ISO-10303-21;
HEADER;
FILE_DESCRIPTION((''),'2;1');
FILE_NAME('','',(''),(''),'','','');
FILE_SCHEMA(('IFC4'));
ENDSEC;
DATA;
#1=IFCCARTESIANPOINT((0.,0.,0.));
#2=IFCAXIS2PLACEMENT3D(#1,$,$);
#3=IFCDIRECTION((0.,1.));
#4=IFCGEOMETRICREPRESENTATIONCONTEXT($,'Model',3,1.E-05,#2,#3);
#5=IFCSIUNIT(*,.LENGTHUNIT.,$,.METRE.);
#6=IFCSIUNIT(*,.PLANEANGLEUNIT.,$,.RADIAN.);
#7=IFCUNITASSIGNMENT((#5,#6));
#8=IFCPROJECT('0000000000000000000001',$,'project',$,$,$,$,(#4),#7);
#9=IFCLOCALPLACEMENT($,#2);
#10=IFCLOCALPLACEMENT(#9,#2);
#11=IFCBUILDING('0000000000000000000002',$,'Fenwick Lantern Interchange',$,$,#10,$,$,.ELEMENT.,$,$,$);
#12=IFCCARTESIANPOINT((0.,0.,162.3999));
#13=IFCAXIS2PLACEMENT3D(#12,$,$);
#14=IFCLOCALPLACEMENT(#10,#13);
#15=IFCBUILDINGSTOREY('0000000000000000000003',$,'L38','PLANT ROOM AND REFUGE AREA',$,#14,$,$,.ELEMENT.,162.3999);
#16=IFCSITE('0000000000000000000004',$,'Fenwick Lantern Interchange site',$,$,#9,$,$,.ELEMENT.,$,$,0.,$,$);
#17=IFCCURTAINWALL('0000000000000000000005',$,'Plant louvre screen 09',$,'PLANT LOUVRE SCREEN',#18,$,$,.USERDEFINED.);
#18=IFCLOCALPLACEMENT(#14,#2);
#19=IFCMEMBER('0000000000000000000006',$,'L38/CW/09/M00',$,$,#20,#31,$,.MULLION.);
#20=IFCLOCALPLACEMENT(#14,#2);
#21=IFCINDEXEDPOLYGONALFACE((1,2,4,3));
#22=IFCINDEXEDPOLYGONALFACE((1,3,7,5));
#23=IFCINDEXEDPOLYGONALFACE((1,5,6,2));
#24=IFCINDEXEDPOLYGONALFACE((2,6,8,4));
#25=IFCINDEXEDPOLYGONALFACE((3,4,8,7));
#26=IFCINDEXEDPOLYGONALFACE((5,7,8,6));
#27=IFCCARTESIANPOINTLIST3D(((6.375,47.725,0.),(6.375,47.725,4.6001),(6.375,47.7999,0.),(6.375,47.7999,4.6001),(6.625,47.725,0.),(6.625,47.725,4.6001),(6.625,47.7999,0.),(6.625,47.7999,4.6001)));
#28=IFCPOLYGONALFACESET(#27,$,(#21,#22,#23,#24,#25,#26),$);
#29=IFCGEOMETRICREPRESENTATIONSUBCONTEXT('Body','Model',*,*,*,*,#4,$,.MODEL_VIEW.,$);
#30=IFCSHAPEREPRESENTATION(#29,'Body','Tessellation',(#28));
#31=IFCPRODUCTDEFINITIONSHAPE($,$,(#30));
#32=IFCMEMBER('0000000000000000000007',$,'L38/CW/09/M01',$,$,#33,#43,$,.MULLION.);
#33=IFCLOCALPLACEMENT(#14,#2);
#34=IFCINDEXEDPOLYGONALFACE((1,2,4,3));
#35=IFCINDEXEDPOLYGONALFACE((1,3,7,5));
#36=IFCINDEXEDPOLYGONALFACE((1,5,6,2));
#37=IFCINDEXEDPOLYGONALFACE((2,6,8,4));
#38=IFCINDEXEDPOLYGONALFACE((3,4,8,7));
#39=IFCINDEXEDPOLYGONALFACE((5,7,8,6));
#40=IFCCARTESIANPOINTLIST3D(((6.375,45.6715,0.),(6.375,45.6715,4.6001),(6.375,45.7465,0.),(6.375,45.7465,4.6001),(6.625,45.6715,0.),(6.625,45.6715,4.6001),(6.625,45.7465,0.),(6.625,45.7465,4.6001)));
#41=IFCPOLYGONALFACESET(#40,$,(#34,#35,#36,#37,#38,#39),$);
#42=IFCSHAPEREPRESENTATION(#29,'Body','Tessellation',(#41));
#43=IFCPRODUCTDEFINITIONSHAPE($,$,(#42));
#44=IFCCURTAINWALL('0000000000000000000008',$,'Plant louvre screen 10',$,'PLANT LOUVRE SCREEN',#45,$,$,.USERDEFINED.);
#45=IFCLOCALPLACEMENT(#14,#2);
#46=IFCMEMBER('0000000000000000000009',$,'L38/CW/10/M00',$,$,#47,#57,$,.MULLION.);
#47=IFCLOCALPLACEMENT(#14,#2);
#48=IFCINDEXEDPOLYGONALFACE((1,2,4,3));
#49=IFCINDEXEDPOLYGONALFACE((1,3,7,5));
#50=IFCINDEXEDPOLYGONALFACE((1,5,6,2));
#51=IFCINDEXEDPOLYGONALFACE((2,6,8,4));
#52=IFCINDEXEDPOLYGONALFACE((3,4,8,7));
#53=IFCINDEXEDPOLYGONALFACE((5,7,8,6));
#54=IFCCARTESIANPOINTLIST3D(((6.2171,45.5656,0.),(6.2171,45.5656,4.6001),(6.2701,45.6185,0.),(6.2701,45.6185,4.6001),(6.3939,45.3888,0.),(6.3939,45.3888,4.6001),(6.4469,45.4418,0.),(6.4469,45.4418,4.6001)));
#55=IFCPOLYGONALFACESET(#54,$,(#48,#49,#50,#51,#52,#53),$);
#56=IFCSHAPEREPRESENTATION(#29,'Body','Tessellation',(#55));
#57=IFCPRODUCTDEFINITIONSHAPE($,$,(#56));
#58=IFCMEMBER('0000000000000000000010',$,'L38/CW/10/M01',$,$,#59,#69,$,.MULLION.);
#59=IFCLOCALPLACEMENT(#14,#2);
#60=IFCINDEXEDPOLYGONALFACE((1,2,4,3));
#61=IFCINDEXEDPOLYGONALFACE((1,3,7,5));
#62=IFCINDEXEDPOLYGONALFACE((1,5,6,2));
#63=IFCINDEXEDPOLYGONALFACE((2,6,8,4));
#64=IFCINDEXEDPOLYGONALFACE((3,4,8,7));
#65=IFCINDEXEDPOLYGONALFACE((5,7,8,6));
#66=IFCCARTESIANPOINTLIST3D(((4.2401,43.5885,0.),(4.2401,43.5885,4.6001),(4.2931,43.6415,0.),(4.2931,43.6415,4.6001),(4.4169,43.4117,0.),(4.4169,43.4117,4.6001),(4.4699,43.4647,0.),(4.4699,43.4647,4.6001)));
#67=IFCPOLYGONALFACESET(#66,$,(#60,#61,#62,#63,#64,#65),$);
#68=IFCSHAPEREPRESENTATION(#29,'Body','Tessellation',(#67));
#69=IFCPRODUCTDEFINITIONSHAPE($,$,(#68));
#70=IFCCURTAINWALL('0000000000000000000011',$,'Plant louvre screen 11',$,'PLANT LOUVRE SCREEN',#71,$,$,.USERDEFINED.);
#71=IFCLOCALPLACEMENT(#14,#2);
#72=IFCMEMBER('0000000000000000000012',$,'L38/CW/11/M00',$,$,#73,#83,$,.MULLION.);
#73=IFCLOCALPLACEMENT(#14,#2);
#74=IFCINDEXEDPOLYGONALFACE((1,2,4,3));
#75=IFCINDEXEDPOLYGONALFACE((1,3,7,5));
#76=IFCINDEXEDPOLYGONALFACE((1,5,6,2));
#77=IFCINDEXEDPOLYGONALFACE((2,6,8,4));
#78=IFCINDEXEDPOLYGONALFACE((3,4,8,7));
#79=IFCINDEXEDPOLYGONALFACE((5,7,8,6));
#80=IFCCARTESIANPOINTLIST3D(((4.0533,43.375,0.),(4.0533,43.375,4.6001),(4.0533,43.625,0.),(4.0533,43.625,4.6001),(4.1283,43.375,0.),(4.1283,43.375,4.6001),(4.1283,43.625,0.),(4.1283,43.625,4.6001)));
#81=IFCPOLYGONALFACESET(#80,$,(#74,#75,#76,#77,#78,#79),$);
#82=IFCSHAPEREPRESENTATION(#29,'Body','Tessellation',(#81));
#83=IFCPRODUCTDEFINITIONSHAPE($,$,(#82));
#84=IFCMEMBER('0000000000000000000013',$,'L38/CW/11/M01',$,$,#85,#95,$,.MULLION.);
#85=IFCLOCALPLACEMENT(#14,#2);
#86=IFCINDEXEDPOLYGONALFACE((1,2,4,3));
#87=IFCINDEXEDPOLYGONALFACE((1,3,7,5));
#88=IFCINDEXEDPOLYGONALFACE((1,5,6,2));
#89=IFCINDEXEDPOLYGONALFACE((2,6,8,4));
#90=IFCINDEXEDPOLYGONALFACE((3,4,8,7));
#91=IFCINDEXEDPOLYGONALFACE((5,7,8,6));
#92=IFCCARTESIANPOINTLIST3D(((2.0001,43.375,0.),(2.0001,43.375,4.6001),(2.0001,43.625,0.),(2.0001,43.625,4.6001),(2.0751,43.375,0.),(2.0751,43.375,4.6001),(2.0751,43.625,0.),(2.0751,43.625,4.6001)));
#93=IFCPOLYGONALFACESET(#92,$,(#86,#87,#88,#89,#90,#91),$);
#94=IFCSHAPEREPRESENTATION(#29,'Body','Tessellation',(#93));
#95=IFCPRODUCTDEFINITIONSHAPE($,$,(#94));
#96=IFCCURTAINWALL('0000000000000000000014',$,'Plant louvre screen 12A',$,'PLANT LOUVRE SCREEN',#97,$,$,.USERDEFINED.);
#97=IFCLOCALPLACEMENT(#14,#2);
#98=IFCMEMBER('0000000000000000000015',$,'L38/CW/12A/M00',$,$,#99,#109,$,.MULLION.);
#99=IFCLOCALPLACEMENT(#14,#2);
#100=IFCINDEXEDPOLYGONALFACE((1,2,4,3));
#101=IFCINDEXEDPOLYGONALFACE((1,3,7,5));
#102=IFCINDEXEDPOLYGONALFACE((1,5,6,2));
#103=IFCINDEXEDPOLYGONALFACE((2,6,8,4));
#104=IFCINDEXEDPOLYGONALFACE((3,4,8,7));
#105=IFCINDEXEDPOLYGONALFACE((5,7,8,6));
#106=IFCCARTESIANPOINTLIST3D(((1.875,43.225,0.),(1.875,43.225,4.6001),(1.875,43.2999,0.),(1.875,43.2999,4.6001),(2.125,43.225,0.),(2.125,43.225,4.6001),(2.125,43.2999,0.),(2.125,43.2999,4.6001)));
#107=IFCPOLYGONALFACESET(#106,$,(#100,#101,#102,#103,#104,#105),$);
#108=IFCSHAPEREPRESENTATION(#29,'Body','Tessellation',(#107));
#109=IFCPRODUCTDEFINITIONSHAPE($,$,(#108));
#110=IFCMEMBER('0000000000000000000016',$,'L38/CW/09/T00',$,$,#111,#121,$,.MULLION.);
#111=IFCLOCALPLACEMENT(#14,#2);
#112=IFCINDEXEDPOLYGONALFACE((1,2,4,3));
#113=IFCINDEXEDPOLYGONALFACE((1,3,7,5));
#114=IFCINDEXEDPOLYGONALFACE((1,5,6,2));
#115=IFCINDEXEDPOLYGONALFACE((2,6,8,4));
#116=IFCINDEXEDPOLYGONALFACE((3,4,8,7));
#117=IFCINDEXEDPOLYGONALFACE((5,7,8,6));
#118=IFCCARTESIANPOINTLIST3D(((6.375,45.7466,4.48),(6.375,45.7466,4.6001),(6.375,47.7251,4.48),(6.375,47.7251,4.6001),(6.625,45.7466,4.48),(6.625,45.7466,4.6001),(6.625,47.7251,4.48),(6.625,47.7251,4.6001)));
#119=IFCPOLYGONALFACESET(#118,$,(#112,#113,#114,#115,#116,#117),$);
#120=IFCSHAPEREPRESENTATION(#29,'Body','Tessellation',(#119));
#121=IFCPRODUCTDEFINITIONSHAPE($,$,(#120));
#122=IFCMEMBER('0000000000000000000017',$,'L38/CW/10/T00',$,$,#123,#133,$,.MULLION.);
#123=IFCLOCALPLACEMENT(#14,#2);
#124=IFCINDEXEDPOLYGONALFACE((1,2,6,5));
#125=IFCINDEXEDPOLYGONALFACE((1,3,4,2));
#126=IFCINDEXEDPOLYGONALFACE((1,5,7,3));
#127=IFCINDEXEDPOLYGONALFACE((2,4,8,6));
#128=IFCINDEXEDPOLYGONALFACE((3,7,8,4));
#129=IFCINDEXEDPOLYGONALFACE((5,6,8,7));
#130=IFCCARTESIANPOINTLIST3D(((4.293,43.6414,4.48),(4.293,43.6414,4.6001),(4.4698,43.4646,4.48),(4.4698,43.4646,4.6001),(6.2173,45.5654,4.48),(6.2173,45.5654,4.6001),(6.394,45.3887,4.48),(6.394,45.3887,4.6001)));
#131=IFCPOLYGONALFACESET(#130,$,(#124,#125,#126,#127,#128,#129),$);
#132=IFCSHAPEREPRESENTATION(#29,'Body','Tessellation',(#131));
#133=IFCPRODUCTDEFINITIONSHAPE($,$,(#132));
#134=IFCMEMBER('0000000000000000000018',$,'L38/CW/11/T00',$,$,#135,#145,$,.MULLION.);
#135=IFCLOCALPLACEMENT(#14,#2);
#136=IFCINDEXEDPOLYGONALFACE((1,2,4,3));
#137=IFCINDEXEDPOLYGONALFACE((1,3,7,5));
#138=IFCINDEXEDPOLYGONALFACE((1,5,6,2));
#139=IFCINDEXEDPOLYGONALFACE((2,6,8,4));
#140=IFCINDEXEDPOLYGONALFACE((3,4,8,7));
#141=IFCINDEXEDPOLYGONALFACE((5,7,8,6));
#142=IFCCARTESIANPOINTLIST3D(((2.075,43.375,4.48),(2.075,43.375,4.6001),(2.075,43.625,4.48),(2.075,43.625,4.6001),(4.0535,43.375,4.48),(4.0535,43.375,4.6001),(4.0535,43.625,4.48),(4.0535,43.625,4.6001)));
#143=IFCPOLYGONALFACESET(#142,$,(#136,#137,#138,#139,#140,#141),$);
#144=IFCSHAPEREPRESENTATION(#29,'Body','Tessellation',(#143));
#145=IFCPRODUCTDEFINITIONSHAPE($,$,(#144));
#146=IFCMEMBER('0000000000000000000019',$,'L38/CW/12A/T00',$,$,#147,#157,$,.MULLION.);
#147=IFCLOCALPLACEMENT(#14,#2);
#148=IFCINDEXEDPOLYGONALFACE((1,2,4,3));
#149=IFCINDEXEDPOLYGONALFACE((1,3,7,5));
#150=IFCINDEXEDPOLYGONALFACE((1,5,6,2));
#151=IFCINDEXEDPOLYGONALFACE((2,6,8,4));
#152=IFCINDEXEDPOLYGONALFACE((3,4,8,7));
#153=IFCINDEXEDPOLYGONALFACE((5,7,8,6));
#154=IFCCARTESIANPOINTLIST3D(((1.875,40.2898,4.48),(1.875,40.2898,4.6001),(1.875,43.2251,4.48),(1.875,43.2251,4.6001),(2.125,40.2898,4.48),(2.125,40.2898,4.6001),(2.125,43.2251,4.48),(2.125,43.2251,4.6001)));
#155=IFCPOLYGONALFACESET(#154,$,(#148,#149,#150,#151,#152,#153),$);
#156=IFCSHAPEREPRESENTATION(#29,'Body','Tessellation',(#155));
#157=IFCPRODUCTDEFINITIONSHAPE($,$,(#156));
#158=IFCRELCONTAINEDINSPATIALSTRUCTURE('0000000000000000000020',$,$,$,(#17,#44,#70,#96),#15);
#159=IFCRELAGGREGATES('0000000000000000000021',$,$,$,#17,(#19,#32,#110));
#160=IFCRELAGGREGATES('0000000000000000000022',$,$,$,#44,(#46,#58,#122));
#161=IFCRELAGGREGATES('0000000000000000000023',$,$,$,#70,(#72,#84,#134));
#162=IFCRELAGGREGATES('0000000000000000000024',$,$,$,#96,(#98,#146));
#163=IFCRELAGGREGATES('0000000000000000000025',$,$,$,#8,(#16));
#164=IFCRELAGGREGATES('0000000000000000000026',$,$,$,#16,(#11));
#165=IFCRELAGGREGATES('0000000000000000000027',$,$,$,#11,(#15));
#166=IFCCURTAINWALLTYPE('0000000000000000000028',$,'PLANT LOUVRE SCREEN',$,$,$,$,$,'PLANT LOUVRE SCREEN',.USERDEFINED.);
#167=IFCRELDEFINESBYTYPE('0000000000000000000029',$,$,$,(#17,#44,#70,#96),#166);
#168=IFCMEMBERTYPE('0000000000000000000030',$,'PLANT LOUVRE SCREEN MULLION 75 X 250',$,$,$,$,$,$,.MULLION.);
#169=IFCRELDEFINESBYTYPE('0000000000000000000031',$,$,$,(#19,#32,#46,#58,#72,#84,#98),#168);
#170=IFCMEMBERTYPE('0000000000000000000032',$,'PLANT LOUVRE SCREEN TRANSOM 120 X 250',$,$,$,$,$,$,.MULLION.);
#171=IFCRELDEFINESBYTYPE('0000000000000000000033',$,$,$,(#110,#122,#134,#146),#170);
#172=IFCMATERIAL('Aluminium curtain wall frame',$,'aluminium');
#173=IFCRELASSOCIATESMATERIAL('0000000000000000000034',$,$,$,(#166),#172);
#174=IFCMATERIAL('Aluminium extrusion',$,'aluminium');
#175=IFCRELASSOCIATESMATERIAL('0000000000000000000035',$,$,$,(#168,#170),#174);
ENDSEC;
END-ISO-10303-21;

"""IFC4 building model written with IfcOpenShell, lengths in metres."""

from ifc_helpers import new_model, si_unit, direction, frame, origin, origin_2d, place, context, subcontext, project, spatial, rectangle, extrude, material, material_profile, profile_set, type_object, element, aggregate, save


model = new_model("IFC4")

# Units and contexts
model_context = context("Model", 3, precision=1e-05, world=origin(), true_north=direction((0.0, 1.0)))
body_context = subcontext(model_context, "Body", "Model", "MODEL_VIEW")
ifc_project = project(units=[si_unit("LENGTHUNIT", "METRE"), si_unit("PLANEANGLEUNIT", "RADIAN")], contexts=[model_context])

# Site, building, storey
site_placement = place(None, origin())
site = spatial("IfcSite", under=ifc_project, at=site_placement, Name="Fenwick Lantern Interchange site", CompositionType="ELEMENT", RefElevation=0.0)
building_placement = place(site_placement, origin())
building = spatial("IfcBuilding", under=site, at=building_placement, Name="Fenwick Lantern Interchange", CompositionType="ELEMENT")
storey_placement = place(building_placement, frame((0.0, 0.0, 162.3999)))
storey = spatial("IfcBuildingStorey", under=building, at=storey_placement, Name="L38", Description="PLANT ROOM AND REFUGE AREA", CompositionType="ELEMENT", Elevation=162.3999)

# Shared definitions
ifc_material_1 = material(Name="Aluminium curtain wall frame", Category="aluminium")
curtain_wall_type = type_object("IfcCurtainWallType", Name="PLANT LOUVRE SCREEN", ElementType="PLANT LOUVRE SCREEN", PredefinedType="USERDEFINED", material=ifc_material_1)
ifc_material_2 = material(Name="Aluminium extrusion", Category="aluminium")
ifc_material_profile_1 = material_profile(ifc_material_2, rectangle(XDim=0.25, YDim=0.075, at=origin_2d()), Name="PLANT LOUVRE SCREEN MULLION 75 X 250")
ifc_profile_set_1 = profile_set([ifc_material_profile_1], Name="Aluminium extrusion")
member_type_1 = type_object("IfcMemberType", Name="PLANT LOUVRE SCREEN MULLION 75 X 250", PredefinedType="MULLION", material=ifc_profile_set_1)

# Curtain walls, members
curtain_wall_1_placement = place(storey_placement, origin())
curtain_wall_1 = element("IfcCurtainWall", 1, at=curtain_wall_1_placement, inside=storey, type_object=curtain_wall_type, Name="Plant louvre screen 09", ObjectType="PLANT LOUVRE SCREEN", PredefinedType="USERDEFINED")
member_1_placement = place(storey_placement, frame((6.5, 47.7625, 0.0), z_axis=(0.0, 0.0, 1.0), x_axis=(1.0, 0.0, 0.0)))
member_1 = element("IfcMember", 2, at=member_1_placement, type_object=member_type_1, Name="L38/CW/09/M00", PredefinedType="MULLION", context=body_context, shape_type="SweptSolid", body=[
    extrude(rectangle(XDim=0.25, YDim=0.075, at=origin_2d()), origin(), (0.0, 0.0, 1.0), 4.6001),
])
member_2_placement = place(storey_placement, frame((6.5, 45.709, 0.0), z_axis=(0.0, 0.0, 1.0), x_axis=(1.0, 0.0, 0.0)))
member_2 = element("IfcMember", 3, at=member_2_placement, type_object=member_type_1, Name="L38/CW/09/M01", PredefinedType="MULLION", context=body_context, shape_type="SweptSolid", body=[
    extrude(rectangle(XDim=0.25, YDim=0.075, at=origin_2d()), origin(), (0.0, 0.0, 1.0), 4.6001),
])
curtain_wall_2_placement = place(storey_placement, origin())
curtain_wall_2 = element("IfcCurtainWall", 4, at=curtain_wall_2_placement, inside=storey, type_object=curtain_wall_type, Name="Plant louvre screen 10", ObjectType="PLANT LOUVRE SCREEN", PredefinedType="USERDEFINED")
member_3_placement = place(storey_placement, frame((6.332, 45.5037, 0.0), z_axis=(0.0, 0.0, 1.0), x_axis=(0.707107, -0.707107, 0.0)))
member_3 = element("IfcMember", 5, at=member_3_placement, type_object=member_type_1, Name="L38/CW/10/M00", PredefinedType="MULLION", context=body_context, shape_type="SweptSolid", body=[
    extrude(rectangle(XDim=0.25, YDim=0.075, at=origin_2d()), origin(), (0.0, 0.0, 1.0), 4.6001),
])
member_4_placement = place(storey_placement, frame((4.355, 43.5266, 0.0), z_axis=(0.0, 0.0, 1.0), x_axis=(0.707107, -0.707107, 0.0)))
member_4 = element("IfcMember", 6, at=member_4_placement, type_object=member_type_1, Name="L38/CW/10/M01", PredefinedType="MULLION", context=body_context, shape_type="SweptSolid", body=[
    extrude(rectangle(XDim=0.25, YDim=0.075, at=origin_2d()), origin(), (0.0, 0.0, 1.0), 4.6001),
])
curtain_wall_3_placement = place(storey_placement, origin())
curtain_wall_3 = element("IfcCurtainWall", 7, at=curtain_wall_3_placement, inside=storey, type_object=curtain_wall_type, Name="Plant louvre screen 11", ObjectType="PLANT LOUVRE SCREEN", PredefinedType="USERDEFINED")
member_5_placement = place(storey_placement, frame((4.0908, 43.5, 0.0), z_axis=(0.0, 0.0, 1.0), x_axis=(0.0, -1.0, 0.0)))
member_5 = element("IfcMember", 8, at=member_5_placement, type_object=member_type_1, Name="L38/CW/11/M00", PredefinedType="MULLION", context=body_context, shape_type="SweptSolid", body=[
    extrude(rectangle(XDim=0.25, YDim=0.075, at=origin_2d()), origin(), (0.0, 0.0, 1.0), 4.6001),
])
member_6_placement = place(storey_placement, frame((2.0376, 43.5, 0.0), z_axis=(0.0, 0.0, 1.0), x_axis=(0.0, -1.0, 0.0)))
member_6 = element("IfcMember", 9, at=member_6_placement, type_object=member_type_1, Name="L38/CW/11/M01", PredefinedType="MULLION", context=body_context, shape_type="SweptSolid", body=[
    extrude(rectangle(XDim=0.25, YDim=0.075, at=origin_2d()), origin(), (0.0, 0.0, 1.0), 4.6001),
])

# Curtain wall, member
curtain_wall_4_placement = place(storey_placement, origin())
curtain_wall_4 = element("IfcCurtainWall", 10, at=curtain_wall_4_placement, inside=storey, type_object=curtain_wall_type, Name="Plant louvre screen 12A", ObjectType="PLANT LOUVRE SCREEN", PredefinedType="USERDEFINED")
member_7_placement = place(storey_placement, frame((2.0, 43.2625, 0.0), z_axis=(0.0, 0.0, 1.0), x_axis=(1.0, 0.0, 0.0)))
member_7 = element("IfcMember", 11, at=member_7_placement, type_object=member_type_1, Name="L38/CW/12A/M00", PredefinedType="MULLION", context=body_context, shape_type="SweptSolid", body=[
    extrude(rectangle(XDim=0.25, YDim=0.075, at=origin_2d()), origin(), (0.0, 0.0, 1.0), 4.6001),
])

# Members
ifc_material_profile_2 = material_profile(ifc_material_2, rectangle(XDim=0.25, YDim=0.1201, at=origin_2d()), Name="PLANT LOUVRE SCREEN TRANSOM 120 X 250")
ifc_profile_set_2 = profile_set([ifc_material_profile_2], Name="Aluminium extrusion")
member_type_2 = type_object("IfcMemberType", Name="PLANT LOUVRE SCREEN TRANSOM 120 X 250", PredefinedType="MULLION", material=ifc_profile_set_2)
member_8_placement = place(storey_placement, frame((6.5, 47.7251, 4.54), z_axis=(0.0, -1.0, 0.0), x_axis=(1.0, 0.0, 0.0)))
member_8 = element("IfcMember", 12, at=member_8_placement, type_object=member_type_2, Name="L38/CW/09/T00", PredefinedType="MULLION", context=body_context, shape_type="SweptSolid", body=[
    extrude(rectangle(XDim=0.25, YDim=0.1201, at=origin_2d()), origin(), (0.0, 0.0, 1.0), 1.9785),
])
member_9_placement = place(storey_placement, frame((6.3057, 45.4771, 4.54), z_axis=(-0.707152, -0.707062, 0.0), x_axis=(0.707062, -0.707152, 0.0)))
member_9 = element("IfcMember", 13, at=member_9_placement, type_object=member_type_2, Name="L38/CW/10/T00", PredefinedType="MULLION", context=body_context, shape_type="SweptSolid", body=[
    extrude(rectangle(XDim=0.25, YDim=0.1201, at=origin_2d()), origin(), (0.0, 0.0, 1.0), 2.7212),
])
member_10_placement = place(storey_placement, frame((4.0535, 43.5, 4.54), z_axis=(-1.0, 0.0, 0.0), x_axis=(0.0, -1.0, 0.0)))
member_10 = element("IfcMember", 14, at=member_10_placement, type_object=member_type_2, Name="L38/CW/11/T00", PredefinedType="MULLION", context=body_context, shape_type="SweptSolid", body=[
    extrude(rectangle(XDim=0.25, YDim=0.1201, at=origin_2d()), origin(), (0.0, 0.0, 1.0), 1.9785),
])
member_11_placement = place(storey_placement, frame((2.0, 43.2251, 4.54), z_axis=(0.0, -1.0, 0.0), x_axis=(1.0, 0.0, 0.0)))
member_11 = element("IfcMember", 15, at=member_11_placement, type_object=member_type_2, Name="L38/CW/12A/T00", PredefinedType="MULLION", context=body_context, shape_type="SweptSolid", body=[
    extrude(rectangle(XDim=0.25, YDim=0.1201, at=origin_2d()), origin(), (0.0, 0.0, 1.0), 2.9353),
])

aggregate(curtain_wall_1, [member_1, member_2, member_8])
aggregate(curtain_wall_2, [member_3, member_4, member_9])
aggregate(curtain_wall_3, [member_5, member_6, member_10])
aggregate(curtain_wall_4, [member_7, member_11])

save(model, "model.ifc")
